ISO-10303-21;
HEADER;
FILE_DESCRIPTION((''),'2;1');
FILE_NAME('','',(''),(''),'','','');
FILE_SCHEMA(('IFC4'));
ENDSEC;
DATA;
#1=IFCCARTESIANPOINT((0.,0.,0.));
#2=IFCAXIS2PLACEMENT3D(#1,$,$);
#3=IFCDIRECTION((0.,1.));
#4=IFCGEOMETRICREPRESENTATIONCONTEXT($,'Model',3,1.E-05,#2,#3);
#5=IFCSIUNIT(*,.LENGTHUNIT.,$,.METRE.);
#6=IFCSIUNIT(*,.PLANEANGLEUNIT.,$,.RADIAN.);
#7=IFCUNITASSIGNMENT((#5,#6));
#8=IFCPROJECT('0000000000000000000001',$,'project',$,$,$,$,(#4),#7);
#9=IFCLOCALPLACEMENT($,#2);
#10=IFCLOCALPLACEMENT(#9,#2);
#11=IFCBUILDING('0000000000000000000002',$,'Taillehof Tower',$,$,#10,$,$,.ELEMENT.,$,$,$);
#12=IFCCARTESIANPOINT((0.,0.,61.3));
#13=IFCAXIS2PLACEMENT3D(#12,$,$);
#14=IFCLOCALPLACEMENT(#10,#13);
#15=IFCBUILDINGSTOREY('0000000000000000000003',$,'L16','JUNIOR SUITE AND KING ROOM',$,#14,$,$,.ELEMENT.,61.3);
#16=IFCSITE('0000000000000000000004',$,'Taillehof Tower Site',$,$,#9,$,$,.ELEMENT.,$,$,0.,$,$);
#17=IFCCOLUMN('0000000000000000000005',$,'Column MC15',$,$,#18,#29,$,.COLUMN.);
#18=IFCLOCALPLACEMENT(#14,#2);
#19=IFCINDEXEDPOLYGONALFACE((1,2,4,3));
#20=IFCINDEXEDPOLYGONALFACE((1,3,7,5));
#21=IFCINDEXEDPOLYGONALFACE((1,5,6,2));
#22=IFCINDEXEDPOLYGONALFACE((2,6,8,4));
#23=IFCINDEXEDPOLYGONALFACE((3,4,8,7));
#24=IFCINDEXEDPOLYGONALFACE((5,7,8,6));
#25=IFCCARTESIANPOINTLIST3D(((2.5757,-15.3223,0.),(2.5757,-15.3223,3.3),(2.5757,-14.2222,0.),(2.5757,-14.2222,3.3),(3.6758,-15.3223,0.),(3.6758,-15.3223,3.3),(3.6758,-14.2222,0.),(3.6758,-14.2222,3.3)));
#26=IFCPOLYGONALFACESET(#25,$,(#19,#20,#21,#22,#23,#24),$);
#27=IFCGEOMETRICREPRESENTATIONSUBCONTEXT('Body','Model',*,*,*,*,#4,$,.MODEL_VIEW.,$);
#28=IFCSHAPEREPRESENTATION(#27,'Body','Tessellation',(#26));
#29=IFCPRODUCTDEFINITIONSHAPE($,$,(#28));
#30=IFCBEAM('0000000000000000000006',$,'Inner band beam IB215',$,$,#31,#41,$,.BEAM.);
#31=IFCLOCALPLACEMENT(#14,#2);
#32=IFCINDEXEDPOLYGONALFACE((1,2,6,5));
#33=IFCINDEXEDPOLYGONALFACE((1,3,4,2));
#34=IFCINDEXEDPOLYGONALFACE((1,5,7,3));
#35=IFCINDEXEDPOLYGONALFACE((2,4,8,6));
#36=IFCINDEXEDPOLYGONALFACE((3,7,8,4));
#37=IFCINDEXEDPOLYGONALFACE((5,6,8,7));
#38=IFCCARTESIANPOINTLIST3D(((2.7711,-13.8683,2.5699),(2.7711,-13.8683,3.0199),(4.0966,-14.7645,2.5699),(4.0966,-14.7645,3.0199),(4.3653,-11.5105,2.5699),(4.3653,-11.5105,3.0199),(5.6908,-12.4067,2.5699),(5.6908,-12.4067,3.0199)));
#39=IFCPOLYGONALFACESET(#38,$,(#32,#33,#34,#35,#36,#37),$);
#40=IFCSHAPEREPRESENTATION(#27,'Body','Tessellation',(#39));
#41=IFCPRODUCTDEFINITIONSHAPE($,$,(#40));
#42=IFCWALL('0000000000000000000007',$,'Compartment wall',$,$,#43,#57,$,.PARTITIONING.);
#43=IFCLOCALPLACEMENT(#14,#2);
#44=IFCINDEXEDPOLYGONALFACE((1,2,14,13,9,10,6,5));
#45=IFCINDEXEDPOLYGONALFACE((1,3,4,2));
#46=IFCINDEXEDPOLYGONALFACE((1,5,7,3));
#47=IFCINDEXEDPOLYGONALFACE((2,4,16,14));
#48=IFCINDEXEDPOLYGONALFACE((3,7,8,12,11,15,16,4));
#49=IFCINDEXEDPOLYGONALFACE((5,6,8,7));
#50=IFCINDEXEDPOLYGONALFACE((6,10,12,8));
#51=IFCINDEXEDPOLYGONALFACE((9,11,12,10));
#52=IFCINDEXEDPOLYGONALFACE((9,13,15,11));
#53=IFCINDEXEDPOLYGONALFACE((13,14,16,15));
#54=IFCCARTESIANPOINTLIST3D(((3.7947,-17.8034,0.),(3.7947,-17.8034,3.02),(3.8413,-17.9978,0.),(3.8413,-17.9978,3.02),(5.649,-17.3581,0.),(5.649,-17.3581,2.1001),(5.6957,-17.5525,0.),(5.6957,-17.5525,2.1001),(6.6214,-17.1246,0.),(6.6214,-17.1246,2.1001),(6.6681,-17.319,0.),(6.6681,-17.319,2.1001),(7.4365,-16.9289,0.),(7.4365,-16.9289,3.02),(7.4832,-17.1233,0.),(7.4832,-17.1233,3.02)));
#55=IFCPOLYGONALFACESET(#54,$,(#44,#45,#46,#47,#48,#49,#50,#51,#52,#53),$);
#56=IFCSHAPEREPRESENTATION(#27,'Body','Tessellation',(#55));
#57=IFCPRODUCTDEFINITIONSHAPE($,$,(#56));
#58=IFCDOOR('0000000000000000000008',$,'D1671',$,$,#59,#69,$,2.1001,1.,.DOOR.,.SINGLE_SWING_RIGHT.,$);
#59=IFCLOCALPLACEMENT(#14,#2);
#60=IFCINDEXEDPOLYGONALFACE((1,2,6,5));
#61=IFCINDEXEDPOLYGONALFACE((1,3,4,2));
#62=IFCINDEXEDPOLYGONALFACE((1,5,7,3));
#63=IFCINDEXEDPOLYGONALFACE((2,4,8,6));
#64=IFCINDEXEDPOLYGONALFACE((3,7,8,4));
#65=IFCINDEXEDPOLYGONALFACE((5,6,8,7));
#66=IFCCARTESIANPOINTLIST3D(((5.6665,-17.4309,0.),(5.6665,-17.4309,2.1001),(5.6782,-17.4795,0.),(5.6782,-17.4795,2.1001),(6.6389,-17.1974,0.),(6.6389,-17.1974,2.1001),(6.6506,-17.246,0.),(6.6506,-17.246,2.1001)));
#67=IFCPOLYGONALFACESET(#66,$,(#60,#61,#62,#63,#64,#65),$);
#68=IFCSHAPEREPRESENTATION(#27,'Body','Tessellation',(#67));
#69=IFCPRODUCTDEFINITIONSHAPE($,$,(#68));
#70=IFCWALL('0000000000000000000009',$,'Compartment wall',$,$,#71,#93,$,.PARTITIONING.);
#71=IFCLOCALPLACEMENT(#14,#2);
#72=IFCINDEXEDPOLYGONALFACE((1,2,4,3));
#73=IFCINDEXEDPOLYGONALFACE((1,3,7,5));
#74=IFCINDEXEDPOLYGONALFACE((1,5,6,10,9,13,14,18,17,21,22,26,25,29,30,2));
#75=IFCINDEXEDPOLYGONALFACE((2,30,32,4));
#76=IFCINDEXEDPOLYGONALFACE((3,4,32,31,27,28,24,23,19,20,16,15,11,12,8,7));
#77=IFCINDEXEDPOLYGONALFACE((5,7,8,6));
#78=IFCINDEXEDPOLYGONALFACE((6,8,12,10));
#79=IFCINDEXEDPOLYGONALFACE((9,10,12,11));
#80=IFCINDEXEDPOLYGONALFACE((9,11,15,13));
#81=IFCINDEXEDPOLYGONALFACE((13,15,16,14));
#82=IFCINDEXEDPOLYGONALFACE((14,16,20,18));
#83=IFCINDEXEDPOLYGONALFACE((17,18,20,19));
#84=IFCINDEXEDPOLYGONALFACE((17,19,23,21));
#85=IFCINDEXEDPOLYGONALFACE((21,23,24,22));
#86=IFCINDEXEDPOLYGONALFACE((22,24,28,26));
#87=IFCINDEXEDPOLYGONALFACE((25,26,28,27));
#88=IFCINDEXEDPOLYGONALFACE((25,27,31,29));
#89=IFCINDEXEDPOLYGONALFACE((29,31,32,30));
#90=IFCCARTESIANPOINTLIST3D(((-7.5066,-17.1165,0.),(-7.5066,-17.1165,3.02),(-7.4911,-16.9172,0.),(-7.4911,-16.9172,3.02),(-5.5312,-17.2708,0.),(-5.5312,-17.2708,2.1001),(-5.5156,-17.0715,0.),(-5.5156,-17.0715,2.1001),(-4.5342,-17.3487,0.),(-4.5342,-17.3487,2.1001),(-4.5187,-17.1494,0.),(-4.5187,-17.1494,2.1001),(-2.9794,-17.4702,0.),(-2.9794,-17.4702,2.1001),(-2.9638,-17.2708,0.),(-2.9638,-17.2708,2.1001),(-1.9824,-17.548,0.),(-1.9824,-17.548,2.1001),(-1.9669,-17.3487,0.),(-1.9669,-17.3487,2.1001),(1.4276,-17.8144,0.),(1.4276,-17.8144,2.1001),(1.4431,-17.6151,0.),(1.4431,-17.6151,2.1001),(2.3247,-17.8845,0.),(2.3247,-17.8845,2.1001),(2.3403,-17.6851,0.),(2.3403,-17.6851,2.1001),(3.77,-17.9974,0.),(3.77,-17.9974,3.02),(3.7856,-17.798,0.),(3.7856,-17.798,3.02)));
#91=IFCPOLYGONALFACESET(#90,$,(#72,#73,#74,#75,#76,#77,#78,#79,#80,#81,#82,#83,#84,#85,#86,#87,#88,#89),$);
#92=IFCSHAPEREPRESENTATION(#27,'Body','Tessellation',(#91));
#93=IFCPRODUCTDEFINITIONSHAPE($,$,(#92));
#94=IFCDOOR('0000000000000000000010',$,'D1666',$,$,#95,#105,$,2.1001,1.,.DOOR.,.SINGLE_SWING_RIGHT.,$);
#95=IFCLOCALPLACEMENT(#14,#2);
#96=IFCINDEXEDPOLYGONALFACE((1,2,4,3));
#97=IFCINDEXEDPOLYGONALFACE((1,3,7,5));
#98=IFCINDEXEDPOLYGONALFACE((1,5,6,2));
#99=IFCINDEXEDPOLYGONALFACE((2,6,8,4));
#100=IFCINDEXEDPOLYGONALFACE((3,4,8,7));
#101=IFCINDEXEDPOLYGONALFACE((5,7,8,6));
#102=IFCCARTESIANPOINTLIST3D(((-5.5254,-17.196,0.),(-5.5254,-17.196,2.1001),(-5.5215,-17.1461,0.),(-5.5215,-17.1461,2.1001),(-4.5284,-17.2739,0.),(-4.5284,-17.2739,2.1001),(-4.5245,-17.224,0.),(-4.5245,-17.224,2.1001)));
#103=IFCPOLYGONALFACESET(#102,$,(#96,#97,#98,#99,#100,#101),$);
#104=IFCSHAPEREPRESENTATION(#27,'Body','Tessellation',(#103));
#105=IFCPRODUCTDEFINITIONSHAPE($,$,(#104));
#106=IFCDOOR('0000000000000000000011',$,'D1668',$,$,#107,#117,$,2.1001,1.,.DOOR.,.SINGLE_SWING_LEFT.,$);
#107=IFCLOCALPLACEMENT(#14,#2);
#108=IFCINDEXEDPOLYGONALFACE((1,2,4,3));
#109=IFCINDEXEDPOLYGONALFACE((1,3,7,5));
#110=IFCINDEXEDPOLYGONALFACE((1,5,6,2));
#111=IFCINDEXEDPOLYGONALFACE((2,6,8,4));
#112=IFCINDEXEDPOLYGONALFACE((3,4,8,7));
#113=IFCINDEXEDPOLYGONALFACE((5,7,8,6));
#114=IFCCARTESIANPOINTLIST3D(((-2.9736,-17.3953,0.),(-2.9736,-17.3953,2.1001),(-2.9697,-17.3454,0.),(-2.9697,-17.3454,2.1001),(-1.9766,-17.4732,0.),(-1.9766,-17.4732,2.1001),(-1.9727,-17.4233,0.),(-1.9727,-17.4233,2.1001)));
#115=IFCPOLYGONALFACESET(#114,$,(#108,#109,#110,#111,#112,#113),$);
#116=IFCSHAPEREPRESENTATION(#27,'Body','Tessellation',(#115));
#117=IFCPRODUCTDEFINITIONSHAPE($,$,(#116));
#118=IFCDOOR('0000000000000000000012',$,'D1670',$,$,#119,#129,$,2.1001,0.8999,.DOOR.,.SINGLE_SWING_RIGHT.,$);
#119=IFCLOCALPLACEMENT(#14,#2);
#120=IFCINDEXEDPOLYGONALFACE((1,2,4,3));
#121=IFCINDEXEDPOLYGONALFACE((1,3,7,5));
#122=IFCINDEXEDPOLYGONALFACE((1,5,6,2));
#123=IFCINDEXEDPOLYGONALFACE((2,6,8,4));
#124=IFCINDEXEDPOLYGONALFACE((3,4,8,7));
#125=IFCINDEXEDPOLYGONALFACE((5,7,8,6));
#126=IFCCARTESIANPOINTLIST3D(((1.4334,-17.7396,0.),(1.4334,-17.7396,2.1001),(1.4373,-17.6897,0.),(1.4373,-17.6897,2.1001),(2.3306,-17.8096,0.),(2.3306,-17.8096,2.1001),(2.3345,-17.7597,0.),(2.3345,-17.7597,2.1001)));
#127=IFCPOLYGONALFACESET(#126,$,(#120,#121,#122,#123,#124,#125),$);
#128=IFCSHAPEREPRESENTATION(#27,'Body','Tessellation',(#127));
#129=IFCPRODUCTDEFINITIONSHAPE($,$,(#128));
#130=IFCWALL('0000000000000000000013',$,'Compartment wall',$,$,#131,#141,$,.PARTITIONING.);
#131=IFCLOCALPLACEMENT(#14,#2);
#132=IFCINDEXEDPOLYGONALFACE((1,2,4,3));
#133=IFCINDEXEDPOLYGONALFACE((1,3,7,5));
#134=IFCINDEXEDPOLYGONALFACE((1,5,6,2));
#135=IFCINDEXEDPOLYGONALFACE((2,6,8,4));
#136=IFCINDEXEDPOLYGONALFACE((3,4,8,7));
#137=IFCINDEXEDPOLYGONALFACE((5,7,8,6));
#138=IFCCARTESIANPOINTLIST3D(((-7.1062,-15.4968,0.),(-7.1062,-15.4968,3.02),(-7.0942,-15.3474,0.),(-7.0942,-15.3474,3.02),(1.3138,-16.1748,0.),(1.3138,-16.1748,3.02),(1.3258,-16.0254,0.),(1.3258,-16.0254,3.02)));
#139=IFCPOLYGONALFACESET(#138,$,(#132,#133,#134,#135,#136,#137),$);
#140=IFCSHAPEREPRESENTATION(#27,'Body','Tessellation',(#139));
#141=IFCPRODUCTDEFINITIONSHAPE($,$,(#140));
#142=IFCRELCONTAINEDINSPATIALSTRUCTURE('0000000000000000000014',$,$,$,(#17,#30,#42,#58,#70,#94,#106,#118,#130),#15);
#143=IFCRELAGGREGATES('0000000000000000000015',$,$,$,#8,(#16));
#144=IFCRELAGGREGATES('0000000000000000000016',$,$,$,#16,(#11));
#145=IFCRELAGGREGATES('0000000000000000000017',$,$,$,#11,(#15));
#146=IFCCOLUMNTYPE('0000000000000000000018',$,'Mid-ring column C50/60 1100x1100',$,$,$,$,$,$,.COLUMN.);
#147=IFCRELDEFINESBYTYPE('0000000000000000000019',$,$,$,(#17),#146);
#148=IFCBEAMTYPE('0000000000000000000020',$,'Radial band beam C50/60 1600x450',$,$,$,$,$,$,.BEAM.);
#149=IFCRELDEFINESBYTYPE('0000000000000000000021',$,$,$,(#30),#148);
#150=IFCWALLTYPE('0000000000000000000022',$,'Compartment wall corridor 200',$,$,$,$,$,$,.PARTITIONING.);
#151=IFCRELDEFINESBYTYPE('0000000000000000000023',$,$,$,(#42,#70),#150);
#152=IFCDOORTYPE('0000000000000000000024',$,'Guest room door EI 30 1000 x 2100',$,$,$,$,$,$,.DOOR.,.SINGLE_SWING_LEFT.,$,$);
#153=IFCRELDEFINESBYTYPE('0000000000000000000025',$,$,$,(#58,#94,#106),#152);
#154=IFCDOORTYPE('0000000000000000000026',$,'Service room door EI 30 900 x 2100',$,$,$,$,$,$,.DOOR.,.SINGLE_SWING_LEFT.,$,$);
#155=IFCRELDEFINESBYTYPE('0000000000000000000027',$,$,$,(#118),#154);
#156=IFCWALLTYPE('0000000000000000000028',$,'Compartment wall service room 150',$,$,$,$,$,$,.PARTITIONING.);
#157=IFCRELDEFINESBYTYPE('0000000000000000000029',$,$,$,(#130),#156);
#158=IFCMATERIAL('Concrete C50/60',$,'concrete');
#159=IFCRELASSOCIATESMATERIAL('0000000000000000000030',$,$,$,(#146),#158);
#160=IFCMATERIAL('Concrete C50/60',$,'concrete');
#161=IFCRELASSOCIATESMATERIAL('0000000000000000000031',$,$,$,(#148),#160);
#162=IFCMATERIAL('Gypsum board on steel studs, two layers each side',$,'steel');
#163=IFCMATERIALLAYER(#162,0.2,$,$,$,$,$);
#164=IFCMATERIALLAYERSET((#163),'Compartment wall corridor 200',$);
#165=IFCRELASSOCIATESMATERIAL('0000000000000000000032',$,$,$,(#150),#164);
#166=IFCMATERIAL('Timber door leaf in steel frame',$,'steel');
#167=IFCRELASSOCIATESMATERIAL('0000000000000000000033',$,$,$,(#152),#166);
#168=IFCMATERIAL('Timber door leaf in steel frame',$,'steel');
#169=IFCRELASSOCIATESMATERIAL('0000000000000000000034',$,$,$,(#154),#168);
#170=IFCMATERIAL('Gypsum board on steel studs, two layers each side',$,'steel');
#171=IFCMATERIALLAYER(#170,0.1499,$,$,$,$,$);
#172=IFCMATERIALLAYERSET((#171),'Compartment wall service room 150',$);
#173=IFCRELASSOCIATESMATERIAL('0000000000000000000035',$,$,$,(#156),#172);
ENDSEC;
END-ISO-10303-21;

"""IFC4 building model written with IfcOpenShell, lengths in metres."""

from ifc_helpers import new_model, si_unit, direction, frame, frame_2d, origin, origin_2d, place, context, subcontext, project, spatial, rectangle, extrude, material, layer, layer_set, material_profile, profile_set, type_object, element, fill, save


model = new_model("IFC4")

# Units and contexts
model_context = context("Model", 3, precision=1e-05, world=origin(), true_north=direction((0.0, 1.0)))
body_context = subcontext(model_context, "Body", "Model", "MODEL_VIEW")
ifc_project = project(units=[si_unit("LENGTHUNIT", "METRE"), si_unit("PLANEANGLEUNIT", "RADIAN")], contexts=[model_context])

# Site, building, storey
site_placement = place(None, origin())
site = spatial("IfcSite", under=ifc_project, at=site_placement, Name="Taillehof Tower Site", CompositionType="ELEMENT", RefElevation=0.0)
building_placement = place(site_placement, origin())
building = spatial("IfcBuilding", under=site, at=building_placement, Name="Taillehof Tower", CompositionType="ELEMENT")
storey_placement = place(building_placement, frame((0.0, 0.0, 61.3)))
storey = spatial("IfcBuildingStorey", under=building, at=storey_placement, Name="L16", Description="JUNIOR SUITE AND KING ROOM", CompositionType="ELEMENT", Elevation=61.3)

# Column
ifc_material_1 = material(Name="Concrete C50/60", Category="concrete")
ifc_material_profile_1 = material_profile(ifc_material_1, rectangle(XDim=1.1001, YDim=1.1001, at=origin_2d()), Name="RC 1100x1100")
ifc_profile_set_1 = profile_set([ifc_material_profile_1], Name="Concrete C50/60")
column_type = type_object("IfcColumnType", Name="Mid-ring column C50/60 1100x1100", PredefinedType="COLUMN", material=ifc_profile_set_1)
column_placement = place(storey_placement, frame((3.1257, -14.7722, 0.0), z_axis=(0.0, 0.0, 1.0), x_axis=(1.0, 0.0, 0.0)))
element("IfcColumn", 1, at=column_placement, inside=storey, type_object=column_type, Name="Column MC15", PredefinedType="COLUMN", context=body_context, shape_type="SweptSolid", body=[
    extrude(rectangle(XDim=1.1001, YDim=1.1001, at=origin_2d()), origin(), (0.0, 0.0, 1.0), 3.3),
])

# Beam
ifc_material_2 = material(Name="Concrete C50/60", Category="concrete")
ifc_material_profile_2 = material_profile(ifc_material_2, rectangle(XDim=1.6001, YDim=0.45, at=origin_2d()), Name="RC 1600x450")
ifc_profile_set_2 = profile_set([ifc_material_profile_2], Name="Concrete C50/60")
beam_type = type_object("IfcBeamType", Name="Radial band beam C50/60 1600x450", PredefinedType="BEAM", material=ifc_profile_set_2)
beam_placement = place(storey_placement, frame((3.4338, -14.3164, 2.7949), z_axis=(0.560112, 0.828417, 0.0), x_axis=(-0.828417, 0.560112, 0.0)))
element("IfcBeam", 2, at=beam_placement, inside=storey, type_object=beam_type, Name="Inner band beam IB215", PredefinedType="BEAM", context=body_context, shape_type="SweptSolid", body=[
    extrude(rectangle(XDim=1.6001, YDim=0.45, at=origin_2d()), origin(), (0.0, 0.0, 1.0), 2.8462),
])

# Wall, opening, door
ifc_material_3 = material(Name="Gypsum board on steel studs, two layers each side", Category="steel")
ifc_layer_1 = layer(ifc_material_3, 0.2)
ifc_layer_set_1 = layer_set([ifc_layer_1], Name="Compartment wall corridor 200")
wall_type_1 = type_object("IfcWallType", Name="Compartment wall corridor 200", PredefinedType="PARTITIONING", material=ifc_layer_set_1)
wall_1_placement = place(storey_placement, frame((7.4597, -17.0261, 0.0), z_axis=(0.0, 0.0, 1.0), x_axis=(-0.972359, -0.233491, 0.0)))
wall_1 = element("IfcWall", 3, at=wall_1_placement, inside=storey, type_object=wall_type_1, Name="Compartment wall", PredefinedType="PARTITIONING", context=body_context, shape_type="SweptSolid", body=[
    extrude(rectangle(XDim=3.7454, YDim=0.2, at=frame_2d((1.8726, 0.0))), origin(), (0.0, 0.0, 1.0), 3.02),
])
opening_1_placement = place(wall_1_placement, frame((0.8381, 0.0, 0.0)))
opening_1 = element("IfcOpeningElement", 4, at=opening_1_placement, cuts=wall_1, PredefinedType="OPENING", context=body_context, shape_type="SweptSolid", body=[
    extrude(rectangle(XDim=1.0, YDim=2.1001, at=frame_2d((0.5, 1.05))), frame((0.0, 0.1099, 0.0), z_axis=(0.0, -1.0, 0.0), x_axis=(1.0, 0.0, 0.0)), (0.0, 0.0, 1.0), 0.22),
])
ifc_material_4 = material(Name="Timber door leaf in steel frame", Category="steel")
door_type_1 = type_object("IfcDoorType", Name="Guest room door EI 30 1000 x 2100", OperationType="SINGLE_SWING_LEFT", PredefinedType="DOOR", material=ifc_material_4)
door_1_placement = place(opening_1_placement, origin())
door_1 = element("IfcDoor", 5, at=door_1_placement, inside=storey, type_object=door_type_1, Name="D1671", OperationType="SINGLE_SWING_RIGHT", OverallHeight=2.1001, OverallWidth=1.0, PredefinedType="DOOR", context=body_context, shape_type="SweptSolid", body=[
    extrude(rectangle(XDim=1.0, YDim=2.1001, at=frame_2d((0.5, 1.05))), frame((0.0, 0.0249, 0.0), z_axis=(0.0, -1.0, 0.0), x_axis=(1.0, 0.0, 0.0)), (0.0, 0.0, 1.0), 0.05),
])
fill(opening_1, door_1)

# Wall, openings, doors
wall_2_placement = place(storey_placement, frame((3.7778, -17.8977, 0.0), z_axis=(0.0, 0.0, 1.0), x_axis=(-0.996963, 0.077877, 0.0)))
wall_2 = element("IfcWall", 6, at=wall_2_placement, inside=storey, type_object=wall_type_1, Name="Compartment wall", PredefinedType="PARTITIONING", context=body_context, shape_type="SweptSolid", body=[
    extrude(rectangle(XDim=11.311, YDim=0.2, at=frame_2d((5.6555, 0.0))), origin(), (0.0, 0.0, 1.0), 3.02),
])
opening_2_placement = place(wall_2_placement, frame((8.3296, 0.0, 0.0)))
opening_2 = element("IfcOpeningElement", 7, at=opening_2_placement, cuts=wall_2, PredefinedType="OPENING", context=body_context, shape_type="SweptSolid", body=[
    extrude(rectangle(XDim=1.0, YDim=2.1001, at=frame_2d((0.5, 1.05))), frame((0.0, 0.1099, 0.0), z_axis=(0.0, -1.0, 0.0), x_axis=(1.0, 0.0, 0.0)), (0.0, 0.0, 1.0), 0.22),
])
opening_3_placement = place(wall_2_placement, frame((5.77, 0.0, 0.0)))
opening_3 = element("IfcOpeningElement", 8, at=opening_3_placement, cuts=wall_2, PredefinedType="OPENING", context=body_context, shape_type="SweptSolid", body=[
    extrude(rectangle(XDim=1.0, YDim=2.1001, at=frame_2d((0.5, 1.05))), frame((0.0, 0.1099, 0.0), z_axis=(0.0, -1.0, 0.0), x_axis=(1.0, 0.0, 0.0)), (0.0, 0.0, 1.0), 0.22),
])
opening_4_placement = place(wall_2_placement, frame((1.4497, 0.0, 0.0)))
opening_4 = element("IfcOpeningElement", 9, at=opening_4_placement, cuts=wall_2, PredefinedType="OPENING", context=body_context, shape_type="SweptSolid", body=[
    extrude(rectangle(XDim=0.8999, YDim=2.1001, at=frame_2d((0.45, 1.05))), frame((0.0, 0.1099, 0.0), z_axis=(0.0, -1.0, 0.0), x_axis=(1.0, 0.0, 0.0)), (0.0, 0.0, 1.0), 0.22),
])
door_2_placement = place(opening_2_placement, origin())
door_2 = element("IfcDoor", 10, at=door_2_placement, inside=storey, type_object=door_type_1, Name="D1666", OperationType="SINGLE_SWING_RIGHT", OverallHeight=2.1001, OverallWidth=1.0, PredefinedType="DOOR", context=body_context, shape_type="SweptSolid", body=[
    extrude(rectangle(XDim=1.0, YDim=2.1001, at=frame_2d((0.5, 1.05))), frame((0.0, 0.0249, 0.0), z_axis=(0.0, -1.0, 0.0), x_axis=(1.0, 0.0, 0.0)), (0.0, 0.0, 1.0), 0.05),
])
fill(opening_2, door_2)
door_3_placement = place(opening_3_placement, origin())
door_3 = element("IfcDoor", 11, at=door_3_placement, inside=storey, type_object=door_type_1, Name="D1668", OperationType="SINGLE_SWING_LEFT", OverallHeight=2.1001, OverallWidth=1.0, PredefinedType="DOOR", context=body_context, shape_type="SweptSolid", body=[
    extrude(rectangle(XDim=1.0, YDim=2.1001, at=frame_2d((0.5, 1.05))), frame((0.0, 0.0249, 0.0), z_axis=(0.0, -1.0, 0.0), x_axis=(1.0, 0.0, 0.0)), (0.0, 0.0, 1.0), 0.05),
])
fill(opening_3, door_3)
ifc_material_5 = material(Name="Timber door leaf in steel frame", Category="steel")
door_type_2 = type_object("IfcDoorType", Name="Service room door EI 30 900 x 2100", OperationType="SINGLE_SWING_LEFT", PredefinedType="DOOR", material=ifc_material_5)
door_4_placement = place(opening_4_placement, origin())
door_4 = element("IfcDoor", 12, at=door_4_placement, inside=storey, type_object=door_type_2, Name="D1670", OperationType="SINGLE_SWING_RIGHT", OverallHeight=2.1001, OverallWidth=0.8999, PredefinedType="DOOR", context=body_context, shape_type="SweptSolid", body=[
    extrude(rectangle(XDim=0.8999, YDim=2.1001, at=frame_2d((0.45, 1.05))), frame((0.0, 0.0249, 0.0), z_axis=(0.0, -1.0, 0.0), x_axis=(1.0, 0.0, 0.0)), (0.0, 0.0, 1.0), 0.05),
])
fill(opening_4, door_4)

# Wall
ifc_material_6 = material(Name="Gypsum board on steel studs, two layers each side", Category="steel")
ifc_layer_2 = layer(ifc_material_6, 0.1499)
ifc_layer_set_2 = layer_set([ifc_layer_2], Name="Compartment wall service room 150")
wall_type_2 = type_object("IfcWallType", Name="Compartment wall service room 150", PredefinedType="PARTITIONING", material=ifc_layer_set_2)
wall_3_placement = place(storey_placement, frame((1.3198, -16.1001, 0.0), z_axis=(0.0, 0.0, 1.0), x_axis=(-0.996774, 0.080261, 0.0)))
element("IfcWall", 13, at=wall_3_placement, inside=storey, type_object=wall_type_2, Name="Compartment wall", PredefinedType="PARTITIONING", context=body_context, shape_type="SweptSolid", body=[
    extrude(rectangle(XDim=8.4473, YDim=0.1499, at=frame_2d((4.2236, 0.0))), origin(), (0.0, 0.0, 1.0), 3.02),
])

save(model, "model.ifc")
